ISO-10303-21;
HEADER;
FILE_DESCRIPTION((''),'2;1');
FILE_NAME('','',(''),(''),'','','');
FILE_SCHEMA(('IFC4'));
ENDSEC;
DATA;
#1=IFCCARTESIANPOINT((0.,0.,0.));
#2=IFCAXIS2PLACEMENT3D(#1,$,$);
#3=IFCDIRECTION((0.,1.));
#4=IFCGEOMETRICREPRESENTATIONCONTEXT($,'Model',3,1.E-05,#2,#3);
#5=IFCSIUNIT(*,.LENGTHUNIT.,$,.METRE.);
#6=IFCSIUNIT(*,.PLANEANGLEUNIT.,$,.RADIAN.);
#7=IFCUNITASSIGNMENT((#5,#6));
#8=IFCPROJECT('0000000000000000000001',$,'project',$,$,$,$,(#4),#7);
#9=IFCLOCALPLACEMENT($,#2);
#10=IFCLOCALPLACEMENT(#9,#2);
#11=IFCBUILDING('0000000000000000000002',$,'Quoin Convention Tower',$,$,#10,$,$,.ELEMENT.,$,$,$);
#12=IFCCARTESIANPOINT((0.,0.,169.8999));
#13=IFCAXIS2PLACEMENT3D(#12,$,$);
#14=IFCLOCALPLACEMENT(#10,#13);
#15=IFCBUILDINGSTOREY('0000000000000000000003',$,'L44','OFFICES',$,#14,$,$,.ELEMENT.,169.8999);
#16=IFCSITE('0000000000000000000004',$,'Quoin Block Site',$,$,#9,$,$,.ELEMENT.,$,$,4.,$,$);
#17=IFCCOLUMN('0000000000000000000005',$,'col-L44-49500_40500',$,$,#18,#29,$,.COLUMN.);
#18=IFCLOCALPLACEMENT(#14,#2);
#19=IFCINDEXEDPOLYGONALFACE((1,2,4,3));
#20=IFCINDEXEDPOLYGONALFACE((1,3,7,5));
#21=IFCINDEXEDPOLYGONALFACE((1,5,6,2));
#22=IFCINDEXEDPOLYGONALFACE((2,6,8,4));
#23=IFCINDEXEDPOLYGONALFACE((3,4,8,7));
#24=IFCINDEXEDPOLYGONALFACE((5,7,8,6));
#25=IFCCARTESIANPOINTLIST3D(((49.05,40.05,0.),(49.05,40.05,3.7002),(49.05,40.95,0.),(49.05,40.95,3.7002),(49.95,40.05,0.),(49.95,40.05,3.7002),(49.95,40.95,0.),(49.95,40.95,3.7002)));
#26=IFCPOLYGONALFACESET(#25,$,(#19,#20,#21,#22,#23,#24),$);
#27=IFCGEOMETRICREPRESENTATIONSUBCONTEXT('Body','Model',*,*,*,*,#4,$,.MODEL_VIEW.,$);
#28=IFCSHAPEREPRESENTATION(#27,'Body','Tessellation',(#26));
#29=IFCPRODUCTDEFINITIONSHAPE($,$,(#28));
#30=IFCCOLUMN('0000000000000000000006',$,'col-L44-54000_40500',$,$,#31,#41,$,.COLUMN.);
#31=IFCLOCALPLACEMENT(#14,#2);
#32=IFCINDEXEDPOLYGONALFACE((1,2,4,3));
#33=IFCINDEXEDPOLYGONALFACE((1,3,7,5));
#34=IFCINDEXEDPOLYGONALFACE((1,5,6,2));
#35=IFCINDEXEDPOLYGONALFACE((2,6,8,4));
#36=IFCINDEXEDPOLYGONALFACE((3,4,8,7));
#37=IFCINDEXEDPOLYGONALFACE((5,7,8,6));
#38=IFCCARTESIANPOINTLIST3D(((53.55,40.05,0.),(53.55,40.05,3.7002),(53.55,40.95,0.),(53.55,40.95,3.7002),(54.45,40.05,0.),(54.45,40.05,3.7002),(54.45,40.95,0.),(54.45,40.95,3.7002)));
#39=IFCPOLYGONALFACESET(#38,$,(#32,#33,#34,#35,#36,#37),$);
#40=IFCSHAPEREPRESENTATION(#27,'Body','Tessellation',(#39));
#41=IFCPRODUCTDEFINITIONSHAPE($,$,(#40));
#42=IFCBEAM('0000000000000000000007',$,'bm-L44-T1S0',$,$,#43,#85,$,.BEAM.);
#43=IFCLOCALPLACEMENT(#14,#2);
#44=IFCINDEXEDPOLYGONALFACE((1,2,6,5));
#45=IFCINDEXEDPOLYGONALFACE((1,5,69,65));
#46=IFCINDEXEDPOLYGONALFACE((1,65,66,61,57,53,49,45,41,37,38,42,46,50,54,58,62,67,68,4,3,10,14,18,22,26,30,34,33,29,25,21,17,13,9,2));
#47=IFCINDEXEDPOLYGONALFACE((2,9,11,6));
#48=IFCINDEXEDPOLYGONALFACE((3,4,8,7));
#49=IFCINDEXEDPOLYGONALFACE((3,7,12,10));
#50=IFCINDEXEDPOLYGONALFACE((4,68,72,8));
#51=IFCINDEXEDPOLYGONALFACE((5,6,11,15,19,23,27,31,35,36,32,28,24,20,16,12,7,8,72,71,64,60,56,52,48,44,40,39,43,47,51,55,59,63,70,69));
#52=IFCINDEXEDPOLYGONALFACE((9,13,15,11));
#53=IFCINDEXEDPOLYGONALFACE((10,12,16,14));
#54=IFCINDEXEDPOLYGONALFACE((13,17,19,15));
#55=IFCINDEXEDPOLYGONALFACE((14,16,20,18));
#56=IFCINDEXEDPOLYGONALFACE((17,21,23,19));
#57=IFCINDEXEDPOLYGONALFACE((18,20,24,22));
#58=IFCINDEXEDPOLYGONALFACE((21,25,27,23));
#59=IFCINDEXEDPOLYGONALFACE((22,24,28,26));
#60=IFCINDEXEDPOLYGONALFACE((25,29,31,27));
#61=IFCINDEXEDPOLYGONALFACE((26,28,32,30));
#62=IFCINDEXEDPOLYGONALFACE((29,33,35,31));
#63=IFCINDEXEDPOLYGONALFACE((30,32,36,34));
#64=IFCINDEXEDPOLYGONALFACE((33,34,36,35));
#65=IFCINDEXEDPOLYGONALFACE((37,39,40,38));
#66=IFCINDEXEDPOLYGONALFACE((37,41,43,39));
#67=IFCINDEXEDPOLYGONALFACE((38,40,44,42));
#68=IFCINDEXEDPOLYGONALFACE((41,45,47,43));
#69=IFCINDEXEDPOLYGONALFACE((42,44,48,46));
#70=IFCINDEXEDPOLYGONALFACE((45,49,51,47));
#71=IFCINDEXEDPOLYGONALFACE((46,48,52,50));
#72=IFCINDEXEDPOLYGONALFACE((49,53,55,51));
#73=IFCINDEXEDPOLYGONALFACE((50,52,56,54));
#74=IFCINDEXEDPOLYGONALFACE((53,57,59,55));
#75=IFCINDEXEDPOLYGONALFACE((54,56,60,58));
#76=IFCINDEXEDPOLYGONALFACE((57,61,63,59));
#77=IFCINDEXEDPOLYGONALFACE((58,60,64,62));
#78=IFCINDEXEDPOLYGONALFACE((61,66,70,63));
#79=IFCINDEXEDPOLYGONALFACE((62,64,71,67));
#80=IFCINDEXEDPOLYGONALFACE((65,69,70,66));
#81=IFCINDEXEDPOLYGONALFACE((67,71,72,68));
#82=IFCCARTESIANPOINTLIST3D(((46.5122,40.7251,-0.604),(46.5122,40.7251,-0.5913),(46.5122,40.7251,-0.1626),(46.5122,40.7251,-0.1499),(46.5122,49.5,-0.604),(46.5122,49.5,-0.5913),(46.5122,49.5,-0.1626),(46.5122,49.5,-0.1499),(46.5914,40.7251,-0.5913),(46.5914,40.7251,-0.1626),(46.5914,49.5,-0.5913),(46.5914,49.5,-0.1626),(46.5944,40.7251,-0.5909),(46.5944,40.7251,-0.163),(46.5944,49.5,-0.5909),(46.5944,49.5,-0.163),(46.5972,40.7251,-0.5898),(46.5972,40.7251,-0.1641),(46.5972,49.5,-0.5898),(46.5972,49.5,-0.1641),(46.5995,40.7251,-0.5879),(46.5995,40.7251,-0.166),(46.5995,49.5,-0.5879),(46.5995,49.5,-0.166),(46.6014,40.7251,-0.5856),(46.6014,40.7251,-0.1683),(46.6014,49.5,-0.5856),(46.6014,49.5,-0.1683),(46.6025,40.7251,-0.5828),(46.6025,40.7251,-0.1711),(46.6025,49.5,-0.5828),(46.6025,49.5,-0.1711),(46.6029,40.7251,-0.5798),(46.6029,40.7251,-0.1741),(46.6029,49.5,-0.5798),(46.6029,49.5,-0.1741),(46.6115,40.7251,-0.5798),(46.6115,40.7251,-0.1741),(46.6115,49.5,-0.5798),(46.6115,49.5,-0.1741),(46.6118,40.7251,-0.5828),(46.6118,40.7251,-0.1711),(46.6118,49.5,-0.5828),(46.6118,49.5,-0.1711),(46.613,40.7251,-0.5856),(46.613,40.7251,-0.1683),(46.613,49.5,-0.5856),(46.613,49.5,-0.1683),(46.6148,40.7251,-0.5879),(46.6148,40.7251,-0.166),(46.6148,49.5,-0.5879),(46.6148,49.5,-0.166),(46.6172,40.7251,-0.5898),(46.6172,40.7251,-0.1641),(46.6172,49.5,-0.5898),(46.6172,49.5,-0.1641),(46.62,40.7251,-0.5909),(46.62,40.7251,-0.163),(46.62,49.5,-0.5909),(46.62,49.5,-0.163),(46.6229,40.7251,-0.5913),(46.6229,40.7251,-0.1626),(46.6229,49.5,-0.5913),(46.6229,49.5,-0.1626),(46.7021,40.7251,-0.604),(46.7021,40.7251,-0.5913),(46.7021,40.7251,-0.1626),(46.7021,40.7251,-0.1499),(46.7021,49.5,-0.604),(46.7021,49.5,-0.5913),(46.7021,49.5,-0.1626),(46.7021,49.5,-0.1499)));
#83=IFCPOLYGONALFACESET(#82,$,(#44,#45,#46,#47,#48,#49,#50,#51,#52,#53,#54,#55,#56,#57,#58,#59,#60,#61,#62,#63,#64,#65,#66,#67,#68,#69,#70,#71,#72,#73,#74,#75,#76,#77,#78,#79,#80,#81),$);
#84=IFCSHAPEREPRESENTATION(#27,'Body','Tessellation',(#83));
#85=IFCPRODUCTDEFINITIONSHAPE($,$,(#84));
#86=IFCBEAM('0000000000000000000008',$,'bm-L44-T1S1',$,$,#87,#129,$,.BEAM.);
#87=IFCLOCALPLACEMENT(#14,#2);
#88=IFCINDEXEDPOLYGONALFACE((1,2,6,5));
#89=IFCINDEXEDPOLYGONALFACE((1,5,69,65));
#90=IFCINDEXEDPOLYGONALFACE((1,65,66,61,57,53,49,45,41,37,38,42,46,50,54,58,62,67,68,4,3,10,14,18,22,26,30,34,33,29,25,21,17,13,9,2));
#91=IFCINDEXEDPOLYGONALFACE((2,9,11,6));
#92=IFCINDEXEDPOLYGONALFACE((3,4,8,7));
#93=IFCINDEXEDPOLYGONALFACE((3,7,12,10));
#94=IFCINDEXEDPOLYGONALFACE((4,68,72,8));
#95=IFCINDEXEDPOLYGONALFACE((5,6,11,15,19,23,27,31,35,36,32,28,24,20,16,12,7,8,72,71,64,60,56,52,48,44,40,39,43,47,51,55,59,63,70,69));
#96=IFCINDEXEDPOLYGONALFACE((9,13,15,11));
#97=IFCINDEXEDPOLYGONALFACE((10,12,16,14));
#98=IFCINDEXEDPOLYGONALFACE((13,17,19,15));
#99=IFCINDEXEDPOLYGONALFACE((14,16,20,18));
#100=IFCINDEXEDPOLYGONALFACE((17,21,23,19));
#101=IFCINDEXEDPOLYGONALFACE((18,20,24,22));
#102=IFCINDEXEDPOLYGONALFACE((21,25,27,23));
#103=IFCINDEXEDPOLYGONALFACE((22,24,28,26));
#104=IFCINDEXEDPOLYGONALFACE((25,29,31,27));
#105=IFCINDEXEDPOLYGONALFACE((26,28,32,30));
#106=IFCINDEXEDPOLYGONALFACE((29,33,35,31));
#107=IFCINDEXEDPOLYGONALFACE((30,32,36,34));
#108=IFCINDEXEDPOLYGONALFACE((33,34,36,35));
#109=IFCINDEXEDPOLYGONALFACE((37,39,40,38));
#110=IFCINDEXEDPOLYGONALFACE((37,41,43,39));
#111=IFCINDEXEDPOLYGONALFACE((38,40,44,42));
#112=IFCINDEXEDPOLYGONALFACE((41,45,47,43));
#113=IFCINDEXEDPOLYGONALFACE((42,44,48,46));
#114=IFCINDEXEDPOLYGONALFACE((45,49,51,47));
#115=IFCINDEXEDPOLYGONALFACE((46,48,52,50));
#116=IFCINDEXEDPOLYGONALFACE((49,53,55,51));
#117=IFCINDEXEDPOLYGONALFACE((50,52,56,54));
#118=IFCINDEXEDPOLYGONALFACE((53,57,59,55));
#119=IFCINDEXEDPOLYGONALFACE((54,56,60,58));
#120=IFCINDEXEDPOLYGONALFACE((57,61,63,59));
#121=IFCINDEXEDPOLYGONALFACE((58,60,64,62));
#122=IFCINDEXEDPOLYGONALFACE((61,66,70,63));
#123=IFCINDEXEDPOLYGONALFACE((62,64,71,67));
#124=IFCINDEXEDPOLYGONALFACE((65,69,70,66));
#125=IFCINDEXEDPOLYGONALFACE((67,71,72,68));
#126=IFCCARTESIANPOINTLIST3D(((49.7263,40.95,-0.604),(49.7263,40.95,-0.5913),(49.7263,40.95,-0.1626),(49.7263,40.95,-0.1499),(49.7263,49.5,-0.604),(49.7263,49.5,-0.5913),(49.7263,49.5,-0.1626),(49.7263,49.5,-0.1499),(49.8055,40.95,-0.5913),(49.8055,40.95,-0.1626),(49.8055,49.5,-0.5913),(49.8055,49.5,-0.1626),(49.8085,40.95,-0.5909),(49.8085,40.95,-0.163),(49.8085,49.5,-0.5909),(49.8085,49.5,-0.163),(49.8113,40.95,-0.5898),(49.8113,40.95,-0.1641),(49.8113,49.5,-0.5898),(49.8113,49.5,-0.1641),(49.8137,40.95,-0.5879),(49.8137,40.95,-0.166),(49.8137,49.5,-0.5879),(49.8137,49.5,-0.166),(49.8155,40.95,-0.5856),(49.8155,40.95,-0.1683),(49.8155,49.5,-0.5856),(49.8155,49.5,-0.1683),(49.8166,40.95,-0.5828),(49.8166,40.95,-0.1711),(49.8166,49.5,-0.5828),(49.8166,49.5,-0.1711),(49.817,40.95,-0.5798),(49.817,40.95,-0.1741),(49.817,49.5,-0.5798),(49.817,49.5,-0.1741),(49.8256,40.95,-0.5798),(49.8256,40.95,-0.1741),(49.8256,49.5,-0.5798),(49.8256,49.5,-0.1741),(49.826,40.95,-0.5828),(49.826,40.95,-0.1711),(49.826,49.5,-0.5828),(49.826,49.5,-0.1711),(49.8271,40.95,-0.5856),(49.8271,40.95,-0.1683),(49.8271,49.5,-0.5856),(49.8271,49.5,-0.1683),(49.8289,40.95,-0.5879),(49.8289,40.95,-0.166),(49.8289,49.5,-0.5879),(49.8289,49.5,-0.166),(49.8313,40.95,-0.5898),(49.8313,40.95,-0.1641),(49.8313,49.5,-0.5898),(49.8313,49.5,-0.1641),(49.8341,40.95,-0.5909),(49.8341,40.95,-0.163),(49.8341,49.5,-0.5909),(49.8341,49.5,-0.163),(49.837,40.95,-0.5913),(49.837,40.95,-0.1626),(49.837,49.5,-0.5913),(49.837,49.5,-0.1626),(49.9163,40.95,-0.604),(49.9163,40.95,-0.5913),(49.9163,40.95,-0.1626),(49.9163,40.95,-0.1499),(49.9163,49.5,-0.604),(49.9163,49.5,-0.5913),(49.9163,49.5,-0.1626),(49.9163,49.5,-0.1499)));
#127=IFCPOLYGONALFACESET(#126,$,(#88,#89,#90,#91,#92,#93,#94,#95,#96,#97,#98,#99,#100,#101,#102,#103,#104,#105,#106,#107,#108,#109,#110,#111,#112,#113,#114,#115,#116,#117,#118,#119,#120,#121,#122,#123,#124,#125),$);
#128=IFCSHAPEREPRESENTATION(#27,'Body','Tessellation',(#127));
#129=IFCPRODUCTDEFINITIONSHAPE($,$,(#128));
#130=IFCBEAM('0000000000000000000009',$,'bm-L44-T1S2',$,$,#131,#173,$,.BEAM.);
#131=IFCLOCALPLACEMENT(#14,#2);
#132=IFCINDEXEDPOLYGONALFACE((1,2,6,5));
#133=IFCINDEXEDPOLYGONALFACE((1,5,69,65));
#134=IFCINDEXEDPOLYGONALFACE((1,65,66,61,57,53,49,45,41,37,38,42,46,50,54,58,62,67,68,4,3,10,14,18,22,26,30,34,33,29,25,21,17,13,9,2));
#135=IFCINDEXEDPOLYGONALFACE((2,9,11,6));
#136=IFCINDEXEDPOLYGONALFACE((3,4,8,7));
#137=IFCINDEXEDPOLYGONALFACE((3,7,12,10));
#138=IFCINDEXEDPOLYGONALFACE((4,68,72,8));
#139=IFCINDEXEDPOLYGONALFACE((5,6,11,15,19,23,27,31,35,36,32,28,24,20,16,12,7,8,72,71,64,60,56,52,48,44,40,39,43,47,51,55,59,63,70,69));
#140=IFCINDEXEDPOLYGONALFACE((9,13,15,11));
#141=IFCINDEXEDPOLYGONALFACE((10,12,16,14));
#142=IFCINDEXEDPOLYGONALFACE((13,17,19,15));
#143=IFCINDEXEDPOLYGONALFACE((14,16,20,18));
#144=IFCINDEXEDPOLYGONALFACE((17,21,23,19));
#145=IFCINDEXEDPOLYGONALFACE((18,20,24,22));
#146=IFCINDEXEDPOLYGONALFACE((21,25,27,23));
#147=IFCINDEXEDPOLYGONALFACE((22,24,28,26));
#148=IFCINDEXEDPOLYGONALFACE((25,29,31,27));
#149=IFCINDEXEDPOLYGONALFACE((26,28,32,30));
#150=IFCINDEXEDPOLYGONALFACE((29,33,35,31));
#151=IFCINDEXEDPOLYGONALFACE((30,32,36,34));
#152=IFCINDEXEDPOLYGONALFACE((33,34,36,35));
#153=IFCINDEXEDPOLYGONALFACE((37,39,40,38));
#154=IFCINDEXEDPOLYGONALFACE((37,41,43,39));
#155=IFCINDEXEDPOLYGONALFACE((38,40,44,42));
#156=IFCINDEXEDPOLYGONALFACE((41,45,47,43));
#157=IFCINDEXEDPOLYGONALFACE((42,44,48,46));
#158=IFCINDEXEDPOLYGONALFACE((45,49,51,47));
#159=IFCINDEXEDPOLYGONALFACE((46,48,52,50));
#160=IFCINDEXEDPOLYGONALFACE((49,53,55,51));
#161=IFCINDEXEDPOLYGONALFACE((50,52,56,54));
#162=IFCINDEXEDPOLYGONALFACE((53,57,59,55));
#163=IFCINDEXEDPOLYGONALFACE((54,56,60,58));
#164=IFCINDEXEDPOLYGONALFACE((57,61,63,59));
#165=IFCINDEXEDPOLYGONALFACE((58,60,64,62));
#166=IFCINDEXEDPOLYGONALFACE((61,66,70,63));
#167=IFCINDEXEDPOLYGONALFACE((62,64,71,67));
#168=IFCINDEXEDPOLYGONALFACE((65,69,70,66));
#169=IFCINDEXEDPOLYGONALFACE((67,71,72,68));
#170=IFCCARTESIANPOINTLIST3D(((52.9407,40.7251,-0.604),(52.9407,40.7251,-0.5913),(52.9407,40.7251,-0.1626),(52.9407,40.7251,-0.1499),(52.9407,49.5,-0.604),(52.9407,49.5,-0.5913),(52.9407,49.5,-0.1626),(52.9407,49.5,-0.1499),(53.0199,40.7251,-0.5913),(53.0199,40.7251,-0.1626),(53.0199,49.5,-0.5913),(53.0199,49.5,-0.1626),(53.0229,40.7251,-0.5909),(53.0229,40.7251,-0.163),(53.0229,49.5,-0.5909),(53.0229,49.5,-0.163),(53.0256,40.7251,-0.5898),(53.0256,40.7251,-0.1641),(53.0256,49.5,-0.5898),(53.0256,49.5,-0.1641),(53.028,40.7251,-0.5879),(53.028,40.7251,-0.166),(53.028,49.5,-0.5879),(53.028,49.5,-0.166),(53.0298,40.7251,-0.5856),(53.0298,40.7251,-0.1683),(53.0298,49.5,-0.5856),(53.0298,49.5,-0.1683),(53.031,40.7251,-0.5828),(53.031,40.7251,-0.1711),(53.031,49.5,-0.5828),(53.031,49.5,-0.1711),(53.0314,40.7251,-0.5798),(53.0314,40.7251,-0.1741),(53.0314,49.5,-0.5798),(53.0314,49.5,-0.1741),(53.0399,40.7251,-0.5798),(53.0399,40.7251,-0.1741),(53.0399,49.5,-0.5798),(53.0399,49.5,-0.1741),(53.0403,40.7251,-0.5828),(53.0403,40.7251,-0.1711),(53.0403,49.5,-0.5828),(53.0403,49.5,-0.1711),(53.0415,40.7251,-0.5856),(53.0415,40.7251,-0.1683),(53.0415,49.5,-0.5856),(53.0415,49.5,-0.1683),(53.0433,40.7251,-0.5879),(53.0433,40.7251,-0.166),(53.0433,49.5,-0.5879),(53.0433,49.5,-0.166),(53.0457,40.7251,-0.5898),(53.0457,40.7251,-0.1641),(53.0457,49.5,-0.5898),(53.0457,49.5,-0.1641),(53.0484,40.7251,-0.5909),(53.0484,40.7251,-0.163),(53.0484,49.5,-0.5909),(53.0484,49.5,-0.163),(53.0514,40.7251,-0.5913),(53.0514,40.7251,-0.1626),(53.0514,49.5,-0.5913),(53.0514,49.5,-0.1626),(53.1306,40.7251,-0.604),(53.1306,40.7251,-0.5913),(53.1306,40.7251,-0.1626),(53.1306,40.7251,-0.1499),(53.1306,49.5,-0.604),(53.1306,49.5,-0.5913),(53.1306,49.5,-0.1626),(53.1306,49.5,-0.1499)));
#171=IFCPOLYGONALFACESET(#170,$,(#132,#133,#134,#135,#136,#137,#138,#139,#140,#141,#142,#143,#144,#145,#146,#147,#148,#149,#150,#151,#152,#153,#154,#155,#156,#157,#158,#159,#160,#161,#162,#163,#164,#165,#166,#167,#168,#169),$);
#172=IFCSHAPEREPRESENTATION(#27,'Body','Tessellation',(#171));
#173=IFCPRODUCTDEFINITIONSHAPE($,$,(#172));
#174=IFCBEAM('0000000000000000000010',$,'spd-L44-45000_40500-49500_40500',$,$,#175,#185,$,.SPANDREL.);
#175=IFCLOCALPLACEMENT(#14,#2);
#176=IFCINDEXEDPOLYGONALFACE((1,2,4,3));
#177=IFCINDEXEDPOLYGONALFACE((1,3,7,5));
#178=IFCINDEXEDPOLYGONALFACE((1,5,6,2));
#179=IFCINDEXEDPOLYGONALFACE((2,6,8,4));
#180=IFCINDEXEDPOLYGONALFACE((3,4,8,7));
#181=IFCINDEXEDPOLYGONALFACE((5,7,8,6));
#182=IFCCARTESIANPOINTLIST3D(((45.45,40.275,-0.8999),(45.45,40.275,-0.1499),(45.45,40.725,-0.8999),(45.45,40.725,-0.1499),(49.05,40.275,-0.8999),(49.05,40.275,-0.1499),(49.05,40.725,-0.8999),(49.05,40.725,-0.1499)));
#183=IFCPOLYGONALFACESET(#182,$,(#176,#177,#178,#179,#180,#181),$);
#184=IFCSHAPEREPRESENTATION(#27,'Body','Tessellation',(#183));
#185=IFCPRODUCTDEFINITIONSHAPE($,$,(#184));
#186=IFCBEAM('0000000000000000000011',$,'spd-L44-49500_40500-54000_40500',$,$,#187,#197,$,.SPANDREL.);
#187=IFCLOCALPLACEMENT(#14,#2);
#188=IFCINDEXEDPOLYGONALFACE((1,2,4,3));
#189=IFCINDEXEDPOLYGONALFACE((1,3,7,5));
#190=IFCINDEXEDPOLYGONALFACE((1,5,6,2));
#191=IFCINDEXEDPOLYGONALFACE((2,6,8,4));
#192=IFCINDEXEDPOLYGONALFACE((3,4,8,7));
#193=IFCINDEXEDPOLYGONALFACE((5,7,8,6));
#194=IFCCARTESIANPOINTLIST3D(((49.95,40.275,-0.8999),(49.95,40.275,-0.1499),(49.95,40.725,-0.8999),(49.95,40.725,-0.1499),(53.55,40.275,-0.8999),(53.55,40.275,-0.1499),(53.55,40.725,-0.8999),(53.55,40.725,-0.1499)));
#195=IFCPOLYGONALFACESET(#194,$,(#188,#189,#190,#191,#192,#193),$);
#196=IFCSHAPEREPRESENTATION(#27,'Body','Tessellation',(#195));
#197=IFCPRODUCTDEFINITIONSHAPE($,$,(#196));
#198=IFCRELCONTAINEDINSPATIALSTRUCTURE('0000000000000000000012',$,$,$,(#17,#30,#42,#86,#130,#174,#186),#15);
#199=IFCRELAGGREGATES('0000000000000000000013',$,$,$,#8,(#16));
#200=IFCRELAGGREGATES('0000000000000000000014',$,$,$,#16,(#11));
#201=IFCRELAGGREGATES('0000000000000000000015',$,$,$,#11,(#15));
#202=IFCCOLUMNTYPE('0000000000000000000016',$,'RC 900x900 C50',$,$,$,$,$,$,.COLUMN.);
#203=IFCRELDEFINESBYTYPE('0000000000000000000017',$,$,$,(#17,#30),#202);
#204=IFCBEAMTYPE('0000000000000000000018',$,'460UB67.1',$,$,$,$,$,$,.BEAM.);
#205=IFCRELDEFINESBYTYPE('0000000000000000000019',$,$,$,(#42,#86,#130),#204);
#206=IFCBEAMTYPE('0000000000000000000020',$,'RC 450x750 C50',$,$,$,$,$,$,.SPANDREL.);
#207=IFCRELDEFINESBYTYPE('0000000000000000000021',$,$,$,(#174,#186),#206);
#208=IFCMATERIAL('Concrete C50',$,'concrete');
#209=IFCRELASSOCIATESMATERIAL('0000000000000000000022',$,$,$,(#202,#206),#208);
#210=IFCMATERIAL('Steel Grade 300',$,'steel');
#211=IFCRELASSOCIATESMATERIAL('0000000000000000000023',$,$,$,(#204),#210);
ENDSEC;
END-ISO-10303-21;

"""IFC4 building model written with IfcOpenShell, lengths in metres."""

from ifc_helpers import new_model, si_unit, direction, frame, origin, origin_2d, place, context, subcontext, project, spatial, rectangle, i_section, extrude, material, material_profile, profile_set, type_object, element, save


model = new_model("IFC4")

# Units and contexts
model_context = context("Model", 3, precision=1e-05, world=origin(), true_north=direction((0.0, 1.0)))
body_context = subcontext(model_context, "Body", "Model", "MODEL_VIEW")
ifc_project = project(units=[si_unit("LENGTHUNIT", "METRE"), si_unit("PLANEANGLEUNIT", "RADIAN")], contexts=[model_context])

# Site, building, storey
site_placement = place(None, origin())
site = spatial("IfcSite", under=ifc_project, at=site_placement, Name="Quoin Block Site", CompositionType="ELEMENT", RefElevation=4.0)
building_placement = place(site_placement, origin())
building = spatial("IfcBuilding", under=site, at=building_placement, Name="Quoin Convention Tower", CompositionType="ELEMENT")
storey_placement = place(building_placement, frame((0.0, 0.0, 169.8999)))
storey = spatial("IfcBuildingStorey", under=building, at=storey_placement, Name="L44", Description="OFFICES", CompositionType="ELEMENT", Elevation=169.8999)

# Columns
ifc_material_1 = material(Name="Concrete C50", Category="concrete")
ifc_material_profile_1 = material_profile(ifc_material_1, rectangle(XDim=0.8999, YDim=0.8999, at=origin_2d()), Name="RC 900x900")
ifc_profile_set_1 = profile_set([ifc_material_profile_1], Name="Concrete C50")
column_type = type_object("IfcColumnType", Name="RC 900x900 C50", PredefinedType="COLUMN", material=ifc_profile_set_1)
for number, where, z_axis, x_axis, name in (
    (1, (49.5, 40.5, 0.0), (0.0, 0.0, 1.0), (1.0, 0.0, 0.0), "col-L44-49500_40500"),
    (2, (54.0, 40.5, 0.0), (0.0, 0.0, 1.0), (1.0, 0.0, 0.0), "col-L44-54000_40500"),
):
    element("IfcColumn", number, at=place(storey_placement, frame(where, z_axis=z_axis, x_axis=x_axis)), inside=storey, type_object=column_type, Name=name, PredefinedType="COLUMN", context=body_context, shape_type="SweptSolid", body=[
        extrude(rectangle(XDim=0.8999, YDim=0.8999, at=origin_2d()), origin(), (0.0, 0.0, 1.0), 3.7002),
    ])

# Beams
ifc_material_2 = material(Name="Steel Grade 300", Category="steel")
ifc_material_profile_2 = material_profile(ifc_material_2, i_section(OverallWidth=0.1899, OverallDepth=0.4541, WebThickness=0.0085, FlangeThickness=0.0127, FilletRadius=0.0115, at=origin_2d()), Name="460UB67.1")
ifc_profile_set_2 = profile_set([ifc_material_profile_2], Name="Steel Grade 300")
beam_type_1 = type_object("IfcBeamType", Name="460UB67.1", PredefinedType="BEAM", material=ifc_profile_set_2)
beam_1_placement = place(storey_placement, frame((46.6072, 40.7251, -0.377), z_axis=(0.0, 1.0, 0.0), x_axis=(-1.0, 0.0, 0.0)))
element("IfcBeam", 3, at=beam_1_placement, inside=storey, type_object=beam_type_1, Name="bm-L44-T1S0", PredefinedType="BEAM", context=body_context, shape_type="SweptSolid", body=[
    extrude(i_section(OverallWidth=0.1899, OverallDepth=0.4541, WebThickness=0.0085, FlangeThickness=0.0127, FilletRadius=0.0115, at=origin_2d()), origin(), (0.0, 0.0, 1.0), 8.7749),
])
beam_2_placement = place(storey_placement, frame((49.8213, 40.95, -0.377), z_axis=(0.0, 1.0, 0.0), x_axis=(-1.0, 0.0, 0.0)))
element("IfcBeam", 4, at=beam_2_placement, inside=storey, type_object=beam_type_1, Name="bm-L44-T1S1", PredefinedType="BEAM", context=body_context, shape_type="SweptSolid", body=[
    extrude(i_section(OverallWidth=0.1899, OverallDepth=0.4541, WebThickness=0.0085, FlangeThickness=0.0127, FilletRadius=0.0115, at=origin_2d()), origin(), (0.0, 0.0, 1.0), 8.55),
])
beam_3_placement = place(storey_placement, frame((53.0356, 40.7251, -0.377), z_axis=(0.0, 1.0, 0.0), x_axis=(-1.0, 0.0, 0.0)))
element("IfcBeam", 5, at=beam_3_placement, inside=storey, type_object=beam_type_1, Name="bm-L44-T1S2", PredefinedType="BEAM", context=body_context, shape_type="SweptSolid", body=[
    extrude(i_section(OverallWidth=0.1899, OverallDepth=0.4541, WebThickness=0.0085, FlangeThickness=0.0127, FilletRadius=0.0115, at=origin_2d()), origin(), (0.0, 0.0, 1.0), 8.7749),
])
ifc_material_profile_3 = material_profile(ifc_material_1, rectangle(XDim=0.45, YDim=0.75, at=origin_2d()), Name="RC 450x750")
ifc_profile_set_3 = profile_set([ifc_material_profile_3], Name="Concrete C50")
beam_type_2 = type_object("IfcBeamType", Name="RC 450x750 C50", PredefinedType="SPANDREL", material=ifc_profile_set_3)
for number, where, z_axis, x_axis, name in (
    (6, (45.45, 40.5, -0.5249), (1.0, 0.0, 0.0), (0.0, 1.0, 0.0), "spd-L44-45000_40500-49500_40500"),
    (7, (49.95, 40.5, -0.5249), (1.0, 0.0, 0.0), (0.0, 1.0, 0.0), "spd-L44-49500_40500-54000_40500"),
):
    element("IfcBeam", number, at=place(storey_placement, frame(where, z_axis=z_axis, x_axis=x_axis)), inside=storey, type_object=beam_type_2, Name=name, PredefinedType="SPANDREL", context=body_context, shape_type="SweptSolid", body=[
        extrude(rectangle(XDim=0.45, YDim=0.75, at=origin_2d()), origin(), (0.0, 0.0, 1.0), 3.6001),
    ])

save(model, "model.ifc")
